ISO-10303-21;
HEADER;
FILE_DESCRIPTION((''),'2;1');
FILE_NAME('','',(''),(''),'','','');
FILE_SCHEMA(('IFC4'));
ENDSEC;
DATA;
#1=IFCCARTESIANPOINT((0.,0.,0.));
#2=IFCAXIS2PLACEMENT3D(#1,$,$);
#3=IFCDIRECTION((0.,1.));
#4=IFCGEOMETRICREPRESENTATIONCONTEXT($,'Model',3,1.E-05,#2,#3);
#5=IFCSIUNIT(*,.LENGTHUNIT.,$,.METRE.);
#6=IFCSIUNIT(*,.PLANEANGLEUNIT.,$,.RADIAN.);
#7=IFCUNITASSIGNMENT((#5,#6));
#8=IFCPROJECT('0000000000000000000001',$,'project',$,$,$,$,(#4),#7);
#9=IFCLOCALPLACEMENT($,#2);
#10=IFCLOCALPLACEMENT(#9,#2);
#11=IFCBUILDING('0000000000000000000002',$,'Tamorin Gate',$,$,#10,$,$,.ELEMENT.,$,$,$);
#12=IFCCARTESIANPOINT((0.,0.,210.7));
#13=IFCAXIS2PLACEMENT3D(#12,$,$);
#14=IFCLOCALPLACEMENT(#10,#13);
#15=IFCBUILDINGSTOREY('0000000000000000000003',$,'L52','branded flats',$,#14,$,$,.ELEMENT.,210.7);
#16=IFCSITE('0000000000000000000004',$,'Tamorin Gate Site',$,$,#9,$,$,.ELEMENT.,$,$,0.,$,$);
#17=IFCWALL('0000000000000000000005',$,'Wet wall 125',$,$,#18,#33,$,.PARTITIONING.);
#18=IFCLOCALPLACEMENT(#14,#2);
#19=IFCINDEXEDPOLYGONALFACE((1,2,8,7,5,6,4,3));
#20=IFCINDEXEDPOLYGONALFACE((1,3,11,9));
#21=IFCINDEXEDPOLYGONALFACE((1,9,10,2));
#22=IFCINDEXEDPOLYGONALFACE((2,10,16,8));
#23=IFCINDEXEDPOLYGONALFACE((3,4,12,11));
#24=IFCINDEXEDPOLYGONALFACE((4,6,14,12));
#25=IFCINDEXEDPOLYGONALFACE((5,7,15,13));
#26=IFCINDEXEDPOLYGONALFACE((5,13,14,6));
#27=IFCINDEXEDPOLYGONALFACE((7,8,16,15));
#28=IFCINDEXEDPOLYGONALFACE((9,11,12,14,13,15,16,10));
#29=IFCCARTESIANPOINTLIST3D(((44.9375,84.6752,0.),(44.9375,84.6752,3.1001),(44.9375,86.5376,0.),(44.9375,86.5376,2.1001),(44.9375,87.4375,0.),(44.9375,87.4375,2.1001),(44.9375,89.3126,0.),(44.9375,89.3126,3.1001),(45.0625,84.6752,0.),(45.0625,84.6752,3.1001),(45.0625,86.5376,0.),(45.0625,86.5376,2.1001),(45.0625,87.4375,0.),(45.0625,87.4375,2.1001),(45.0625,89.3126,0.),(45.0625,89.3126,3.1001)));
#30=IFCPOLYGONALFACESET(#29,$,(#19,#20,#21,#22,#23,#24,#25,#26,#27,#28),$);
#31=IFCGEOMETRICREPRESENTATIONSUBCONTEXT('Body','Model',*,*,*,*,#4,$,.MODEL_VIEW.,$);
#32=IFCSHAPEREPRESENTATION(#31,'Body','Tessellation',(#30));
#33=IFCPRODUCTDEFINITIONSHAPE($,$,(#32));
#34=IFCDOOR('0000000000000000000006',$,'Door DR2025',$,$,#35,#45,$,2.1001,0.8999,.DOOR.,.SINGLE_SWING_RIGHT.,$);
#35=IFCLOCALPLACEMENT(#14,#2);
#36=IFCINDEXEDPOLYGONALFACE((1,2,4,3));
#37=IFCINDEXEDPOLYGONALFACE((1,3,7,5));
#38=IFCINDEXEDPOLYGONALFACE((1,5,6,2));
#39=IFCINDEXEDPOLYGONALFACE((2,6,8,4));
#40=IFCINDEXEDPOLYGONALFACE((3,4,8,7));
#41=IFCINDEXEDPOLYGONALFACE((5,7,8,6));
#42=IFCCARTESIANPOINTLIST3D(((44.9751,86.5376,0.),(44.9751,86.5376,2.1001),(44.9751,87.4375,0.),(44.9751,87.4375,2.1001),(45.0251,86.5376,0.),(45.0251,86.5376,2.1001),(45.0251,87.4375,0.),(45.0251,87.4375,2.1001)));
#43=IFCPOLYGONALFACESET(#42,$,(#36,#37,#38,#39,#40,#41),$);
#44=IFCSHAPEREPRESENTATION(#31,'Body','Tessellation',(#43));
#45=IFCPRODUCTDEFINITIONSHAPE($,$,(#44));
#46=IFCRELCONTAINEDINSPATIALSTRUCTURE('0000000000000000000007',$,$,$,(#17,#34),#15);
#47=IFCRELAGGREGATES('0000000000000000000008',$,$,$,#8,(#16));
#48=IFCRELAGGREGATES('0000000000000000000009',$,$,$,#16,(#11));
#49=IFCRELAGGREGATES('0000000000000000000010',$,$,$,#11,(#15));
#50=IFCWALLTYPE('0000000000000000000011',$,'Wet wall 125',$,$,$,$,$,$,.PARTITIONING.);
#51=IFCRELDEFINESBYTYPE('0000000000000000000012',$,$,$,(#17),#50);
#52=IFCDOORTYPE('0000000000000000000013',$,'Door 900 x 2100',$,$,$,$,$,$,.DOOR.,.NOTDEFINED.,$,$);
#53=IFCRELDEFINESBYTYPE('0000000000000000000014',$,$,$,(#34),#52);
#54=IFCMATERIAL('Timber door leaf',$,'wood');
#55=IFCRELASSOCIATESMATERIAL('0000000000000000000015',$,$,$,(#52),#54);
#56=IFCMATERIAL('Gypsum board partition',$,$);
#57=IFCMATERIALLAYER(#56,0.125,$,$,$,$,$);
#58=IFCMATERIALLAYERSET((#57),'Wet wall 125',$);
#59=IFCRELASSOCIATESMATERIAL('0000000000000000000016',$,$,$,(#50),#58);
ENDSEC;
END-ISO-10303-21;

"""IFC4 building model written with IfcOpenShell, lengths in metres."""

from ifc_helpers import new_model, si_unit, direction, frame, frame_2d, origin, place, context, subcontext, project, spatial, rectangle, extrude, material, layer, layer_set, type_object, element, fill, save


model = new_model("IFC4")

# Units and contexts
model_context = context("Model", 3, precision=1e-05, world=origin(), true_north=direction((0.0, 1.0)))
body_context = subcontext(model_context, "Body", "Model", "MODEL_VIEW")
ifc_project = project(units=[si_unit("LENGTHUNIT", "METRE"), si_unit("PLANEANGLEUNIT", "RADIAN")], contexts=[model_context])

# Site, building, storey
site_placement = place(None, origin())
site = spatial("IfcSite", under=ifc_project, at=site_placement, Name="Tamorin Gate Site", CompositionType="ELEMENT", RefElevation=0.0)
building_placement = place(site_placement, origin())
building = spatial("IfcBuilding", under=site, at=building_placement, Name="Tamorin Gate", CompositionType="ELEMENT")
storey_placement = place(building_placement, frame((0.0, 0.0, 210.7)))
storey = spatial("IfcBuildingStorey", under=building, at=storey_placement, Name="L52", Description="branded flats", CompositionType="ELEMENT", Elevation=210.7)

# Shared definitions
ifc_material_1 = material(Name="Gypsum board partition")

# Shared definitions
ifc_material_2 = material(Name="Timber door leaf", Category="wood")
door_type = type_object("IfcDoorType", Name="Door 900 x 2100", OperationType="NOTDEFINED", PredefinedType="DOOR", material=ifc_material_2)

# Shared definitions
ifc_layer_1 = layer(ifc_material_1, 0.125)
ifc_layer_set_1 = layer_set([ifc_layer_1], Name="Wet wall 125")
wall_type_1 = type_object("IfcWallType", Name="Wet wall 125", PredefinedType="PARTITIONING", material=ifc_layer_set_1)

# Wall, opening, door
wall_1_placement = place(storey_placement, frame((45.0, 84.675, 0.0), z_axis=(0.0, 0.0, 1.0), x_axis=(0.0, 1.0, 0.0)))
wall_1 = element("IfcWall", 1, at=wall_1_placement, inside=storey, type_object=wall_type_1, Name="Wet wall 125", PredefinedType="PARTITIONING", context=body_context, shape_type="SweptSolid", body=[
    extrude(rectangle(XDim=4.6375, YDim=0.125, at=frame_2d((2.3188, 0.0))), origin(), (0.0, 0.0, 1.0), 3.1001),
])
opening_1_placement = place(wall_1_placement, frame((1.8625, 0.0, 0.0)))
opening_1 = element("IfcOpeningElement", 2, at=opening_1_placement, cuts=wall_1, PredefinedType="OPENING", context=body_context, shape_type="SweptSolid", body=[
    extrude(rectangle(XDim=0.8999, YDim=2.1001, at=frame_2d((0.45, 1.05))), frame((0.0, 0.0725, 0.0), z_axis=(0.0, -1.0, 0.0), x_axis=(1.0, 0.0, 0.0)), (0.0, 0.0, 1.0), 0.145),
])
door_1_placement = place(opening_1_placement, origin())
door_1 = element("IfcDoor", 3, at=door_1_placement, inside=storey, type_object=door_type, Name="Door DR2025", OperationType="SINGLE_SWING_RIGHT", OverallHeight=2.1001, OverallWidth=0.8999, PredefinedType="DOOR", context=body_context, shape_type="SweptSolid", body=[
    extrude(rectangle(XDim=0.8999, YDim=2.1001, at=frame_2d((0.45, 1.05))), frame((0.0, 0.0249, 0.0), z_axis=(0.0, -1.0, 0.0), x_axis=(1.0, 0.0, 0.0)), (0.0, 0.0, 1.0), 0.05),
])
fill(opening_1, door_1)

save(model, "model.ifc")
